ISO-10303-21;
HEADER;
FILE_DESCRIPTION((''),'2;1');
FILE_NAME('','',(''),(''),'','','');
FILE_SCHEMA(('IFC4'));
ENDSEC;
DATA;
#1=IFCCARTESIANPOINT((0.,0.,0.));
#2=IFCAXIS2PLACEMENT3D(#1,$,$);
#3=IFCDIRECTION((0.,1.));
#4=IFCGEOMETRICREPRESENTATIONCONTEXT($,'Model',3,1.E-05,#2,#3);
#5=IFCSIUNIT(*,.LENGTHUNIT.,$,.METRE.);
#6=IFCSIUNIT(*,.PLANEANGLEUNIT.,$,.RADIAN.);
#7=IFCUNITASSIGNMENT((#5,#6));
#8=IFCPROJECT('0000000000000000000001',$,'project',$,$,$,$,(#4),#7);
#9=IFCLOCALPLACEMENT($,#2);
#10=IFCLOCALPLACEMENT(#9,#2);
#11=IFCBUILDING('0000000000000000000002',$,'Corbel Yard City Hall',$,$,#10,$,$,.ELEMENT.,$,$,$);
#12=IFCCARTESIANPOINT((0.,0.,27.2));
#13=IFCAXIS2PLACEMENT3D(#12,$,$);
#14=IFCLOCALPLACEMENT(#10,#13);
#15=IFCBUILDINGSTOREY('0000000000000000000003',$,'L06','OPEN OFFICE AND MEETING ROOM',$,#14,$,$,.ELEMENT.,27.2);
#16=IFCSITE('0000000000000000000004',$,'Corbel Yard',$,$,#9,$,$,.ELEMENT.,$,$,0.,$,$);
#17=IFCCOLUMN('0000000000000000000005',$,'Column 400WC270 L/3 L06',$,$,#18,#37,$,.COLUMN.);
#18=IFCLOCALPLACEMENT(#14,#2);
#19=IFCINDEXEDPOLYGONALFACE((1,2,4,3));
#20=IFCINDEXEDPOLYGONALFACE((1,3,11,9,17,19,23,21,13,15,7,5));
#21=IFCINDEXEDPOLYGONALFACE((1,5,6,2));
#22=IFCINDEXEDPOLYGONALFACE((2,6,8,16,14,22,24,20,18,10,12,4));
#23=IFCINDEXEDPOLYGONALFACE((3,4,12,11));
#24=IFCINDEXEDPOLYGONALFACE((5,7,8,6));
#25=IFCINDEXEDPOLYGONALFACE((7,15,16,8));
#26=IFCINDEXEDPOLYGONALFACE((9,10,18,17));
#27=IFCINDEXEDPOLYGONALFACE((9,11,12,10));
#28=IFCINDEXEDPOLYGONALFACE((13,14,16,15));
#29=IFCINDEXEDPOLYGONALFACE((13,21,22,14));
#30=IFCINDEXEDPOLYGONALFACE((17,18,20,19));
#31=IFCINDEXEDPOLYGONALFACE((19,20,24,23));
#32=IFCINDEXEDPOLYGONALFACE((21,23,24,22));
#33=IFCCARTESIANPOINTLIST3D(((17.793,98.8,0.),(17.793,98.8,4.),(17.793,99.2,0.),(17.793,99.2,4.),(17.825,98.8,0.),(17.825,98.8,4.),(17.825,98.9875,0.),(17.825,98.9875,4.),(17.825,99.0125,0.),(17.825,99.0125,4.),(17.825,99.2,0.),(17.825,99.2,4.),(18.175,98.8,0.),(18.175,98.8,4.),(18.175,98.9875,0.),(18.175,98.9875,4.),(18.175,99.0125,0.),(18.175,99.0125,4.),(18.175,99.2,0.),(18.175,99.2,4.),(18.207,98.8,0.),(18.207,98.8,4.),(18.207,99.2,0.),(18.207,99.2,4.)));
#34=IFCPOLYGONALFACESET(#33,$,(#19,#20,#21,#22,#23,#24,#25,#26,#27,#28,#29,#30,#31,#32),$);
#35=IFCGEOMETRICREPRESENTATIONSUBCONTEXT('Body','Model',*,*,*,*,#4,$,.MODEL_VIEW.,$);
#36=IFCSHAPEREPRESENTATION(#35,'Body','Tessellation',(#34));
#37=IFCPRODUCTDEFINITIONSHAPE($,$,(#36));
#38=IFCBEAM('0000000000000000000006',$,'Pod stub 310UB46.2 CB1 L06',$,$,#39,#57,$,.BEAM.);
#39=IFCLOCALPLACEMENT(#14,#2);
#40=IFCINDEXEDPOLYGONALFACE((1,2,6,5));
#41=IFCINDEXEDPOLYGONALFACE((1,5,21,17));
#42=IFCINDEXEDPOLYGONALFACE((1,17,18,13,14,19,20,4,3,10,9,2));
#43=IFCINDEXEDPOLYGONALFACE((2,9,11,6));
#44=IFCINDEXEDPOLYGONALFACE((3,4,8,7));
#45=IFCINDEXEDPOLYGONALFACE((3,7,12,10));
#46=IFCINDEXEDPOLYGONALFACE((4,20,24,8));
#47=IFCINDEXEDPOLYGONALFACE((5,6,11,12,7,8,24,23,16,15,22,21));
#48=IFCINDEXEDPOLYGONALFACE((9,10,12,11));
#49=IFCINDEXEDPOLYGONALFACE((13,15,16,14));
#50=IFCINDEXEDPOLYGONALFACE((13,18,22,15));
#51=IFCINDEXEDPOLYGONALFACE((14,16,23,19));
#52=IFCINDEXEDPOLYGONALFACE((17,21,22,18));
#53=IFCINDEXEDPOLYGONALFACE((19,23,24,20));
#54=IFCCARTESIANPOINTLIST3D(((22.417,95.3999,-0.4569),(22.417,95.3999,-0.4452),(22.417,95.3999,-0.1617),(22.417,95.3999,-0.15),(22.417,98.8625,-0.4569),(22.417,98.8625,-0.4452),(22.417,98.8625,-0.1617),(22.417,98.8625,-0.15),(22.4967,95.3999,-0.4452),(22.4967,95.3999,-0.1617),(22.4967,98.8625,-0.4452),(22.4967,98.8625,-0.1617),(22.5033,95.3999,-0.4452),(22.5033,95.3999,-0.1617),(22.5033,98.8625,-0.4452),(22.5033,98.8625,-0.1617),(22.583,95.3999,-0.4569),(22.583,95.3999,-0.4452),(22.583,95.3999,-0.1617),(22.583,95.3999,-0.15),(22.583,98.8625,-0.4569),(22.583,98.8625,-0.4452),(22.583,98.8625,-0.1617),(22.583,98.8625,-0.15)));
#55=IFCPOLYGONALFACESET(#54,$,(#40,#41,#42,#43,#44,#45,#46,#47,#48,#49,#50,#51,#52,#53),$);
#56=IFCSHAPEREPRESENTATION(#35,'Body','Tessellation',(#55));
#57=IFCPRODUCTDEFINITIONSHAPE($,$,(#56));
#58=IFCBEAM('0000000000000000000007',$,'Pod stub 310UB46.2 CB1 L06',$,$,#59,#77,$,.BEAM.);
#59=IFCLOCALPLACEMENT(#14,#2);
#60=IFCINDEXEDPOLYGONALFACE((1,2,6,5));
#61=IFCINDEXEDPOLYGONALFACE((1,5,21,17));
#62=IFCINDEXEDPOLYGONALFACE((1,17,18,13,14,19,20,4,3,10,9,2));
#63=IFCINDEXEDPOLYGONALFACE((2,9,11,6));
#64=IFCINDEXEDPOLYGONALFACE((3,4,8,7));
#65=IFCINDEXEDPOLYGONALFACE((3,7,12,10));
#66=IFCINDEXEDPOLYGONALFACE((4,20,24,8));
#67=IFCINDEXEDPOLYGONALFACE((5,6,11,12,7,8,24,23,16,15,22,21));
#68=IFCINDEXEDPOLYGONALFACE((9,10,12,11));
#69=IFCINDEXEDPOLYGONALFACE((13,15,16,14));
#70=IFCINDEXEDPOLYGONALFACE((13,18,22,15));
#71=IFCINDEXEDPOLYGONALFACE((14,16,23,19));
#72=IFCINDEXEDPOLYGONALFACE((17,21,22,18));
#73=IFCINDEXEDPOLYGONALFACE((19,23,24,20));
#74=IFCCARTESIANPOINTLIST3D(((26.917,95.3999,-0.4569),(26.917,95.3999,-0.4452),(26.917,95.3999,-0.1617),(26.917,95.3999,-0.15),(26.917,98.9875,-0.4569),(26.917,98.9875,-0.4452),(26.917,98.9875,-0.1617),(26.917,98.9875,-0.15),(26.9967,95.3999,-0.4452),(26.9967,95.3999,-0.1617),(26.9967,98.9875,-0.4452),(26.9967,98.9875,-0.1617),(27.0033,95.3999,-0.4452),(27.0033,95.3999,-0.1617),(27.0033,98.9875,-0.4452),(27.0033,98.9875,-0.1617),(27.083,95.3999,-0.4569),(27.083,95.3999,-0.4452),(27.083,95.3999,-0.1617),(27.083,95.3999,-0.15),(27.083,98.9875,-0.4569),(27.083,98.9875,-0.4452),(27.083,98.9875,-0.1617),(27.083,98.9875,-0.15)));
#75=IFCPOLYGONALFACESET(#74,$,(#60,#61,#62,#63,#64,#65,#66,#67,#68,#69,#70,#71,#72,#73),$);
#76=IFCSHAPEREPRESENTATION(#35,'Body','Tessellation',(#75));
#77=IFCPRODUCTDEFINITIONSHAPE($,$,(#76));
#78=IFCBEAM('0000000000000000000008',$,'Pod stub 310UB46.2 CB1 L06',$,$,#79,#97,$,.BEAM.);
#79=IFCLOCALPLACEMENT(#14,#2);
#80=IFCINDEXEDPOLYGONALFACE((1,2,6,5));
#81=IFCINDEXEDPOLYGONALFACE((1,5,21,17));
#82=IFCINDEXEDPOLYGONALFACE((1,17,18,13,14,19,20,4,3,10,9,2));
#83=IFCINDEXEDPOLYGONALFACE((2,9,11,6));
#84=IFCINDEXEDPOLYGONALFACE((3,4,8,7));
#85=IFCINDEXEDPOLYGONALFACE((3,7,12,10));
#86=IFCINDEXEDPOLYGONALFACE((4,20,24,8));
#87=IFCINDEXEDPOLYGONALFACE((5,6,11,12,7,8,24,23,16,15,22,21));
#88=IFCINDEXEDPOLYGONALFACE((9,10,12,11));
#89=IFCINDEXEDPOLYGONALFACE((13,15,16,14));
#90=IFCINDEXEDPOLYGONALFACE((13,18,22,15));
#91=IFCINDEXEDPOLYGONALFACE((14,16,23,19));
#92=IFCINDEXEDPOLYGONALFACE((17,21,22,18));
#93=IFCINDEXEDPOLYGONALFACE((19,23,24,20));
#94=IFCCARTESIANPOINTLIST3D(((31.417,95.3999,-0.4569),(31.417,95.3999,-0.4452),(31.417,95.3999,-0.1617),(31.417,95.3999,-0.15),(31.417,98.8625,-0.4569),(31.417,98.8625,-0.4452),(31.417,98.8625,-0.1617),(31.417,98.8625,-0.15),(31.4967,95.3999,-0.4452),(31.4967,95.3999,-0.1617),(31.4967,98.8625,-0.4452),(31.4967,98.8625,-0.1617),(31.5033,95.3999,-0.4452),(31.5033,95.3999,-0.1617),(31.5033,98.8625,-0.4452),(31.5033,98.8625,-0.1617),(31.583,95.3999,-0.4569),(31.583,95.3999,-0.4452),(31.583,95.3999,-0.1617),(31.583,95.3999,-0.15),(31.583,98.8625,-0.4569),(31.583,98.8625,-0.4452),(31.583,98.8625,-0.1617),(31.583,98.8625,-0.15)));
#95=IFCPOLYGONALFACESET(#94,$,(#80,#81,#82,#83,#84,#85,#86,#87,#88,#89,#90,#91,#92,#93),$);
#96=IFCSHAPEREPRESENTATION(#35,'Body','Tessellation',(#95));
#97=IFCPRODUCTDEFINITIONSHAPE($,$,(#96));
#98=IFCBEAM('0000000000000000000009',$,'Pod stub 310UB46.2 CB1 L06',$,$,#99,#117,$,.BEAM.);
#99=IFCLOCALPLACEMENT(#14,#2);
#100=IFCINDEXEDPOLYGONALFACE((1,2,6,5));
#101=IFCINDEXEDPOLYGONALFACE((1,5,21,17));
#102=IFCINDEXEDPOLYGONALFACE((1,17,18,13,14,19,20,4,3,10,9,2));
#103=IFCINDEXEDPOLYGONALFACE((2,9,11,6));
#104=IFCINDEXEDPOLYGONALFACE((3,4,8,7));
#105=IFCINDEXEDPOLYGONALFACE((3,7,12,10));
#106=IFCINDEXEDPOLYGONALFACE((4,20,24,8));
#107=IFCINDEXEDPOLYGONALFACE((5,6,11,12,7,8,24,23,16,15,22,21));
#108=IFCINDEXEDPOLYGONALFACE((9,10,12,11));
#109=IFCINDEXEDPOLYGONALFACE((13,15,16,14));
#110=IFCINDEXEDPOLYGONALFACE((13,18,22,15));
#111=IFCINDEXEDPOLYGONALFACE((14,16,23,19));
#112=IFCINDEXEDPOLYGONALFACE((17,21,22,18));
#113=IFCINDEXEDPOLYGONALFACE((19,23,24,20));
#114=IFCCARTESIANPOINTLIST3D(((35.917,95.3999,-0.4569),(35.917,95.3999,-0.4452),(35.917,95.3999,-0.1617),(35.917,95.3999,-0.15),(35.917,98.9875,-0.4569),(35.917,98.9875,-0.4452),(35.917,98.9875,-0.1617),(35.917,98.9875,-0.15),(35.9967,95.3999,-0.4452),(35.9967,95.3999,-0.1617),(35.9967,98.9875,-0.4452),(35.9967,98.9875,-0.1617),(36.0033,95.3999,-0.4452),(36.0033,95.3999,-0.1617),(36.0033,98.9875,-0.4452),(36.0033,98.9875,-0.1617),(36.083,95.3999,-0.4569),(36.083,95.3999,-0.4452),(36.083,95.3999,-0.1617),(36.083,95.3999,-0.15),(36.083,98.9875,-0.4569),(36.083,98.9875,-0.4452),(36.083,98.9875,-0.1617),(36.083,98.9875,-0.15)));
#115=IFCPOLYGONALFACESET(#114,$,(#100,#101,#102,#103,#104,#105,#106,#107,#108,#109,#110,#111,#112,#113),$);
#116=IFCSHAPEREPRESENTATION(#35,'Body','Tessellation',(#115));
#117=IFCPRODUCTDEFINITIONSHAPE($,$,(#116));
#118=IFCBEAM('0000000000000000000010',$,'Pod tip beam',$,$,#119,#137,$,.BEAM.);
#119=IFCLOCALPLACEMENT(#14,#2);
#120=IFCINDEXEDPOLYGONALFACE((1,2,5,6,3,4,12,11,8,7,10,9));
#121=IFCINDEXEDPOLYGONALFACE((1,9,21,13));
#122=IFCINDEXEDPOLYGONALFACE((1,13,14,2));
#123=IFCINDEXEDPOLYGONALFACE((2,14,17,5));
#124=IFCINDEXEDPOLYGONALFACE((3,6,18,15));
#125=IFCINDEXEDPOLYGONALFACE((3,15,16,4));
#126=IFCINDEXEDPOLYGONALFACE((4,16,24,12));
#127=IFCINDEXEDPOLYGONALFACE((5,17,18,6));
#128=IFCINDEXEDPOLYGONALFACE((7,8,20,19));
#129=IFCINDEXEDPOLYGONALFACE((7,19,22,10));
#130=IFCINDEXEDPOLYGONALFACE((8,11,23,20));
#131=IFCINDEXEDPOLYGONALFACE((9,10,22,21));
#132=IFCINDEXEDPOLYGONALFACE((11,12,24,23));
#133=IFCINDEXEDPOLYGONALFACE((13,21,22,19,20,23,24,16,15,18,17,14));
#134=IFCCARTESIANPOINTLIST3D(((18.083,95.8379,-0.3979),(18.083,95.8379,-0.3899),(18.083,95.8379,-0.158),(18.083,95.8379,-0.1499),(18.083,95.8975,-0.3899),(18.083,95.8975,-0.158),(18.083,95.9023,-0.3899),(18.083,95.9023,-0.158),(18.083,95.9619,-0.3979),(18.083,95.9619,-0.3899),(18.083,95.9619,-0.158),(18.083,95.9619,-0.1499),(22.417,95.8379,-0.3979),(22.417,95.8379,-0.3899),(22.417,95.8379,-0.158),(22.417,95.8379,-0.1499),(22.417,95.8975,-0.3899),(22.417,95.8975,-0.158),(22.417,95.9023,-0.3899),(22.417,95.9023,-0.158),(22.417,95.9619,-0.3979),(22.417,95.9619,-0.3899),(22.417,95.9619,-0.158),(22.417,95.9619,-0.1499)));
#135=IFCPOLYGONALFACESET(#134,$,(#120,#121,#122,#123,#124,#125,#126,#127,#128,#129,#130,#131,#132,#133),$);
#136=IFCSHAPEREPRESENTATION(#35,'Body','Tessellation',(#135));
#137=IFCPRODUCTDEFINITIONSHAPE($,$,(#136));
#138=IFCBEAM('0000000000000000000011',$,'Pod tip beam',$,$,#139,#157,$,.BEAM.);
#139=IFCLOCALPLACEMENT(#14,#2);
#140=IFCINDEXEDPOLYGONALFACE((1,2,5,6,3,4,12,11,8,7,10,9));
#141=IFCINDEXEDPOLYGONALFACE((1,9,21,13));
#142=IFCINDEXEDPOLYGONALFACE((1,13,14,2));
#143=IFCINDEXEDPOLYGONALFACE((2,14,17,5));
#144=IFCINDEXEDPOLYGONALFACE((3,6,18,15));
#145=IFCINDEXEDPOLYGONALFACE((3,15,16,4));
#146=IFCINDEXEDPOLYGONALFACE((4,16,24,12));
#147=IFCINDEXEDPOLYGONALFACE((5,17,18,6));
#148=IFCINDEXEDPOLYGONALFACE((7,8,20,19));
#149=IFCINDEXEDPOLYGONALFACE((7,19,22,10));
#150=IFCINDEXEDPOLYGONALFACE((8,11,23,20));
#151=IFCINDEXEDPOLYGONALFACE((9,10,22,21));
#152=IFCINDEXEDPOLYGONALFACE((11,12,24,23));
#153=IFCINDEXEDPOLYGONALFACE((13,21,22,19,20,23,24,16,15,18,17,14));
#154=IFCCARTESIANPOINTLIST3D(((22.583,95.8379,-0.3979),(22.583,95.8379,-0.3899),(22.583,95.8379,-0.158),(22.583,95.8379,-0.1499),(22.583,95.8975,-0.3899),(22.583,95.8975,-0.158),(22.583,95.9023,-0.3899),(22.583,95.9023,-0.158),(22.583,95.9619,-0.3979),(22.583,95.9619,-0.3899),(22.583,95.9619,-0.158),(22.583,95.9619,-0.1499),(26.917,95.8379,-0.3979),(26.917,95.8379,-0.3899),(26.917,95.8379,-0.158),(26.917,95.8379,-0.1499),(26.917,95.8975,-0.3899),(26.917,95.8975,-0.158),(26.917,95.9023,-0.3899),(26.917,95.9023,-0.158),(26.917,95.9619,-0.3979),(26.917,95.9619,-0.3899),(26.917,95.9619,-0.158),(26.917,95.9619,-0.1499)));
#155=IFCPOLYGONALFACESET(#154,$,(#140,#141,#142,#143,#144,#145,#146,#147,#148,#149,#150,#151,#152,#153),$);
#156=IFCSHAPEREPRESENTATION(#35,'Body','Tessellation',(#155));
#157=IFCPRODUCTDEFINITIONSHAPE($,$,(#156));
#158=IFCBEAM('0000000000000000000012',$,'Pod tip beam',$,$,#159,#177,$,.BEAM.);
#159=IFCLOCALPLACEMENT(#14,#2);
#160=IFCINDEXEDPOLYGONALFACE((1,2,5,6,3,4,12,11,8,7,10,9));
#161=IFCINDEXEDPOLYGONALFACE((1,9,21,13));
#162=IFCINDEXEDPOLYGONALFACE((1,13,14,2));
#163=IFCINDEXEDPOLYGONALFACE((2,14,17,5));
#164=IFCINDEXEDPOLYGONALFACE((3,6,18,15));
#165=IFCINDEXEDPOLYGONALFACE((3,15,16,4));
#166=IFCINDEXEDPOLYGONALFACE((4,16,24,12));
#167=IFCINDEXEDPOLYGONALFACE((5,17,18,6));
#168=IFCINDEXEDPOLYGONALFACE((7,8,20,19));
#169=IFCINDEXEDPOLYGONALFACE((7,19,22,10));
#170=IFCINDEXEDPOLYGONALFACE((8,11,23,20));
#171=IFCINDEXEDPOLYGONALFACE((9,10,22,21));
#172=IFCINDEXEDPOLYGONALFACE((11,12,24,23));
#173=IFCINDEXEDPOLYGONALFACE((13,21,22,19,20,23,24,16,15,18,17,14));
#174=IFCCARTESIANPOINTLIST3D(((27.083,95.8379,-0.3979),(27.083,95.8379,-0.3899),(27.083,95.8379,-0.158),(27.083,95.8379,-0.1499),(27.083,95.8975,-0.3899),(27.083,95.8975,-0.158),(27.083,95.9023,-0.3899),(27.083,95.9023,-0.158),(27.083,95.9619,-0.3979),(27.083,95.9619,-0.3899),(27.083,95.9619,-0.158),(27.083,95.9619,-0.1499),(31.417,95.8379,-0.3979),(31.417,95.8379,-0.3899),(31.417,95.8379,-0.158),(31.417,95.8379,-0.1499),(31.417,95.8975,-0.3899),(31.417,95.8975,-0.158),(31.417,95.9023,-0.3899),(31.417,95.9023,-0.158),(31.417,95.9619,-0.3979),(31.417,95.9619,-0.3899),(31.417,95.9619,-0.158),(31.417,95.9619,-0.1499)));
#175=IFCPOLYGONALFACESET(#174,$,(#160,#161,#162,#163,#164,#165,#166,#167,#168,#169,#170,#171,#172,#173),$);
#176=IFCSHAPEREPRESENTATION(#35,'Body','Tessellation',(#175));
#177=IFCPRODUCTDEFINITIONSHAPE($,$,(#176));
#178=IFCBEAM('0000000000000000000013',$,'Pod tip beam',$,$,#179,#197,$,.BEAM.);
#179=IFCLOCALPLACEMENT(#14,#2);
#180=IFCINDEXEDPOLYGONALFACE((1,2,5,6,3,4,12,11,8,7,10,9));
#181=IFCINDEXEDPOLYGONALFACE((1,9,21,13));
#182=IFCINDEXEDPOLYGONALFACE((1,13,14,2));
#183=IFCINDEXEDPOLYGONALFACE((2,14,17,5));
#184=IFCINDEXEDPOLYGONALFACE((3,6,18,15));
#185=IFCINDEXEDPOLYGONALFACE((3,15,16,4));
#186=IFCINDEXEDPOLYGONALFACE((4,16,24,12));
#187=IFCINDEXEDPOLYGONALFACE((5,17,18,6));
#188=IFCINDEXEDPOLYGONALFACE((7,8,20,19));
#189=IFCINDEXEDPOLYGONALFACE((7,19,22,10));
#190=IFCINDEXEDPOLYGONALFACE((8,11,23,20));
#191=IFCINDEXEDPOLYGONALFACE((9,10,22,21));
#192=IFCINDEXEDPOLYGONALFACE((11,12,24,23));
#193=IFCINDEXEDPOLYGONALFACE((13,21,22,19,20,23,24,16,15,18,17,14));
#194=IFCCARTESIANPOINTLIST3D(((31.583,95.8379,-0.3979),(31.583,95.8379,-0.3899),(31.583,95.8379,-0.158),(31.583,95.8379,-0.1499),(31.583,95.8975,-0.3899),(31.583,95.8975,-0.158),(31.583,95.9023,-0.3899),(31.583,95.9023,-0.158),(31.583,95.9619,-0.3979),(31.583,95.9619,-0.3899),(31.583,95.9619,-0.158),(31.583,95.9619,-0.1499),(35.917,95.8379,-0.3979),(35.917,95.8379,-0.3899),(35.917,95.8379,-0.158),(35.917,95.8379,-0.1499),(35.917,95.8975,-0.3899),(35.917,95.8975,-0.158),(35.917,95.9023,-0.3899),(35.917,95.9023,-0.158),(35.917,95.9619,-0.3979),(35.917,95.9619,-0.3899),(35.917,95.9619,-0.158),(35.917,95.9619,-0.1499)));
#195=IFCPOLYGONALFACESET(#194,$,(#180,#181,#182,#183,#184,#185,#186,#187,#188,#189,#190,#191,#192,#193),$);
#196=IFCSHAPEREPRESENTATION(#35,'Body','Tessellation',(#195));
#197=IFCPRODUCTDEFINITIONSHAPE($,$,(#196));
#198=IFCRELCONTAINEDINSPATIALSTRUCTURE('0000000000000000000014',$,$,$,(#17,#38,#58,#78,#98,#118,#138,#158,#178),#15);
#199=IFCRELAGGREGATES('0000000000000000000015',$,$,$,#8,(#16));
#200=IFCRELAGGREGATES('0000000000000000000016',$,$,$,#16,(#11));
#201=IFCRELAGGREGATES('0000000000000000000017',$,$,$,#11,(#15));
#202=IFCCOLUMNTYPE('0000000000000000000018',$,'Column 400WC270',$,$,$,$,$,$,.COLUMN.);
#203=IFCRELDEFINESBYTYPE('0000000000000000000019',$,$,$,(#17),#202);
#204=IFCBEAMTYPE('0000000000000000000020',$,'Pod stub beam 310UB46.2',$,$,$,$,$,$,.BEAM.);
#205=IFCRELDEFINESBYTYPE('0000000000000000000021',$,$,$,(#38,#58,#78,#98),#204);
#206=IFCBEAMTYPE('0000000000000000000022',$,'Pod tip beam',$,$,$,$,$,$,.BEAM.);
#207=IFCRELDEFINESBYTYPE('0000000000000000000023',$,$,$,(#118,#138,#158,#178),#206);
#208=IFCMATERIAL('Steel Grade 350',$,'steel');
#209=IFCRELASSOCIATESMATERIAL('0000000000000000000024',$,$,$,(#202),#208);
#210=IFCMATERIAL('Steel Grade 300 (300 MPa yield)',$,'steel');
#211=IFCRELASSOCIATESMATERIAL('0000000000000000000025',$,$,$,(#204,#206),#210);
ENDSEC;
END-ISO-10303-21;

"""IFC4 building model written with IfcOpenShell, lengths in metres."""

from ifc_helpers import new_model, si_unit, direction, frame, origin, origin_2d, place, context, subcontext, project, spatial, i_section, extrude, material, material_profile, profile_set, type_object, element, save


model = new_model("IFC4")

# Units and contexts
model_context = context("Model", 3, precision=1e-05, world=origin(), true_north=direction((0.0, 1.0)))
body_context = subcontext(model_context, "Body", "Model", "MODEL_VIEW")
ifc_project = project(units=[si_unit("LENGTHUNIT", "METRE"), si_unit("PLANEANGLEUNIT", "RADIAN")], contexts=[model_context])

# Site, building, storey
site_placement = place(None, origin())
site = spatial("IfcSite", under=ifc_project, at=site_placement, Name="Corbel Yard", CompositionType="ELEMENT", RefElevation=0.0)
building_placement = place(site_placement, origin())
building = spatial("IfcBuilding", under=site, at=building_placement, Name="Corbel Yard City Hall", CompositionType="ELEMENT")
storey_placement = place(building_placement, frame((0.0, 0.0, 27.2)))
storey = spatial("IfcBuildingStorey", under=building, at=storey_placement, Name="L06", Description="OPEN OFFICE AND MEETING ROOM", CompositionType="ELEMENT", Elevation=27.2)

# Column
ifc_material_1 = material(Name="Steel Grade 350", Category="steel")
ifc_material_profile_1 = material_profile(ifc_material_1, i_section(OverallWidth=0.3999, OverallDepth=0.4141, WebThickness=0.0249, FlangeThickness=0.032, at=origin_2d()), Name="400WC270")
ifc_profile_set_1 = profile_set([ifc_material_profile_1], Name="Steel Grade 350")
column_type = type_object("IfcColumnType", Name="Column 400WC270", PredefinedType="COLUMN", material=ifc_profile_set_1)
column_placement = place(storey_placement, frame((18.0, 99.0, 0.0), z_axis=(0.0, 0.0, 1.0), x_axis=(0.0, 1.0, 0.0)))
element("IfcColumn", 1, at=column_placement, inside=storey, type_object=column_type, Name="Column 400WC270 L/3 L06", PredefinedType="COLUMN", context=body_context, shape_type="SweptSolid", body=[
    extrude(i_section(OverallWidth=0.3999, OverallDepth=0.4141, WebThickness=0.0249, FlangeThickness=0.032, at=origin_2d()), origin(), (0.0, 0.0, 1.0), 4.0),
])

# Beams
ifc_material_2 = material(Name="Steel Grade 300 (300 MPa yield)", Category="steel")
ifc_material_profile_2 = material_profile(ifc_material_2, i_section(OverallWidth=0.166, OverallDepth=0.3069, WebThickness=0.0066, FlangeThickness=0.0117, at=origin_2d()), Name="310UB46.2")
ifc_profile_set_2 = profile_set([ifc_material_profile_2], Name="Steel Grade 300 (300 MPa yield)")
beam_type_1 = type_object("IfcBeamType", Name="Pod stub beam 310UB46.2", PredefinedType="BEAM", material=ifc_profile_set_2)
beam_1_placement = place(storey_placement, frame((22.5, 95.3999, -0.3035), z_axis=(0.0, 1.0, 0.0), x_axis=(-1.0, 0.0, 0.0)))
element("IfcBeam", 2, at=beam_1_placement, inside=storey, type_object=beam_type_1, Name="Pod stub 310UB46.2 CB1 L06", PredefinedType="BEAM", context=body_context, shape_type="SweptSolid", body=[
    extrude(i_section(OverallWidth=0.166, OverallDepth=0.3069, WebThickness=0.0066, FlangeThickness=0.0117, at=origin_2d()), origin(), (0.0, 0.0, 1.0), 3.4626),
])
beam_2_placement = place(storey_placement, frame((27.0, 95.3999, -0.3035), z_axis=(0.0, 1.0, 0.0), x_axis=(-1.0, 0.0, 0.0)))
element("IfcBeam", 3, at=beam_2_placement, inside=storey, type_object=beam_type_1, Name="Pod stub 310UB46.2 CB1 L06", PredefinedType="BEAM", context=body_context, shape_type="SweptSolid", body=[
    extrude(i_section(OverallWidth=0.166, OverallDepth=0.3069, WebThickness=0.0066, FlangeThickness=0.0117, at=origin_2d()), origin(), (0.0, 0.0, 1.0), 3.5876),
])
beam_3_placement = place(storey_placement, frame((31.5, 95.3999, -0.3035), z_axis=(0.0, 1.0, 0.0), x_axis=(-1.0, 0.0, 0.0)))
element("IfcBeam", 4, at=beam_3_placement, inside=storey, type_object=beam_type_1, Name="Pod stub 310UB46.2 CB1 L06", PredefinedType="BEAM", context=body_context, shape_type="SweptSolid", body=[
    extrude(i_section(OverallWidth=0.166, OverallDepth=0.3069, WebThickness=0.0066, FlangeThickness=0.0117, at=origin_2d()), origin(), (0.0, 0.0, 1.0), 3.4626),
])
beam_4_placement = place(storey_placement, frame((36.0, 95.3999, -0.3035), z_axis=(0.0, 1.0, 0.0), x_axis=(-1.0, 0.0, 0.0)))
element("IfcBeam", 5, at=beam_4_placement, inside=storey, type_object=beam_type_1, Name="Pod stub 310UB46.2 CB1 L06", PredefinedType="BEAM", context=body_context, shape_type="SweptSolid", body=[
    extrude(i_section(OverallWidth=0.166, OverallDepth=0.3069, WebThickness=0.0066, FlangeThickness=0.0117, at=origin_2d()), origin(), (0.0, 0.0, 1.0), 3.5876),
])
ifc_material_profile_3 = material_profile(ifc_material_2, i_section(OverallWidth=0.124, OverallDepth=0.248, WebThickness=0.0049, FlangeThickness=0.0081, at=origin_2d()), Name="250UB25.7")
ifc_profile_set_3 = profile_set([ifc_material_profile_3], Name="Steel Grade 300 (300 MPa yield)")
beam_type_2 = type_object("IfcBeamType", Name="Pod tip beam", PredefinedType="BEAM", material=ifc_profile_set_3)
for number, where, z_axis, x_axis, name in (
    (6, (18.083, 95.8999, -0.2739), (1.0, 0.0, 0.0), (0.0, 1.0, 0.0), "Pod tip beam"),
    (7, (22.583, 95.8999, -0.2739), (1.0, 0.0, 0.0), (0.0, 1.0, 0.0), "Pod tip beam"),
    (8, (27.083, 95.8999, -0.2739), (1.0, 0.0, 0.0), (0.0, 1.0, 0.0), "Pod tip beam"),
    (9, (31.583, 95.8999, -0.2739), (1.0, 0.0, 0.0), (0.0, 1.0, 0.0), "Pod tip beam"),
):
    element("IfcBeam", number, at=place(storey_placement, frame(where, z_axis=z_axis, x_axis=x_axis)), inside=storey, type_object=beam_type_2, Name=name, PredefinedType="BEAM", context=body_context, shape_type="SweptSolid", body=[
        extrude(i_section(OverallWidth=0.124, OverallDepth=0.248, WebThickness=0.0049, FlangeThickness=0.0081, at=origin_2d()), origin(), (0.0, 0.0, 1.0), 4.334),
    ])

save(model, "model.ifc")
